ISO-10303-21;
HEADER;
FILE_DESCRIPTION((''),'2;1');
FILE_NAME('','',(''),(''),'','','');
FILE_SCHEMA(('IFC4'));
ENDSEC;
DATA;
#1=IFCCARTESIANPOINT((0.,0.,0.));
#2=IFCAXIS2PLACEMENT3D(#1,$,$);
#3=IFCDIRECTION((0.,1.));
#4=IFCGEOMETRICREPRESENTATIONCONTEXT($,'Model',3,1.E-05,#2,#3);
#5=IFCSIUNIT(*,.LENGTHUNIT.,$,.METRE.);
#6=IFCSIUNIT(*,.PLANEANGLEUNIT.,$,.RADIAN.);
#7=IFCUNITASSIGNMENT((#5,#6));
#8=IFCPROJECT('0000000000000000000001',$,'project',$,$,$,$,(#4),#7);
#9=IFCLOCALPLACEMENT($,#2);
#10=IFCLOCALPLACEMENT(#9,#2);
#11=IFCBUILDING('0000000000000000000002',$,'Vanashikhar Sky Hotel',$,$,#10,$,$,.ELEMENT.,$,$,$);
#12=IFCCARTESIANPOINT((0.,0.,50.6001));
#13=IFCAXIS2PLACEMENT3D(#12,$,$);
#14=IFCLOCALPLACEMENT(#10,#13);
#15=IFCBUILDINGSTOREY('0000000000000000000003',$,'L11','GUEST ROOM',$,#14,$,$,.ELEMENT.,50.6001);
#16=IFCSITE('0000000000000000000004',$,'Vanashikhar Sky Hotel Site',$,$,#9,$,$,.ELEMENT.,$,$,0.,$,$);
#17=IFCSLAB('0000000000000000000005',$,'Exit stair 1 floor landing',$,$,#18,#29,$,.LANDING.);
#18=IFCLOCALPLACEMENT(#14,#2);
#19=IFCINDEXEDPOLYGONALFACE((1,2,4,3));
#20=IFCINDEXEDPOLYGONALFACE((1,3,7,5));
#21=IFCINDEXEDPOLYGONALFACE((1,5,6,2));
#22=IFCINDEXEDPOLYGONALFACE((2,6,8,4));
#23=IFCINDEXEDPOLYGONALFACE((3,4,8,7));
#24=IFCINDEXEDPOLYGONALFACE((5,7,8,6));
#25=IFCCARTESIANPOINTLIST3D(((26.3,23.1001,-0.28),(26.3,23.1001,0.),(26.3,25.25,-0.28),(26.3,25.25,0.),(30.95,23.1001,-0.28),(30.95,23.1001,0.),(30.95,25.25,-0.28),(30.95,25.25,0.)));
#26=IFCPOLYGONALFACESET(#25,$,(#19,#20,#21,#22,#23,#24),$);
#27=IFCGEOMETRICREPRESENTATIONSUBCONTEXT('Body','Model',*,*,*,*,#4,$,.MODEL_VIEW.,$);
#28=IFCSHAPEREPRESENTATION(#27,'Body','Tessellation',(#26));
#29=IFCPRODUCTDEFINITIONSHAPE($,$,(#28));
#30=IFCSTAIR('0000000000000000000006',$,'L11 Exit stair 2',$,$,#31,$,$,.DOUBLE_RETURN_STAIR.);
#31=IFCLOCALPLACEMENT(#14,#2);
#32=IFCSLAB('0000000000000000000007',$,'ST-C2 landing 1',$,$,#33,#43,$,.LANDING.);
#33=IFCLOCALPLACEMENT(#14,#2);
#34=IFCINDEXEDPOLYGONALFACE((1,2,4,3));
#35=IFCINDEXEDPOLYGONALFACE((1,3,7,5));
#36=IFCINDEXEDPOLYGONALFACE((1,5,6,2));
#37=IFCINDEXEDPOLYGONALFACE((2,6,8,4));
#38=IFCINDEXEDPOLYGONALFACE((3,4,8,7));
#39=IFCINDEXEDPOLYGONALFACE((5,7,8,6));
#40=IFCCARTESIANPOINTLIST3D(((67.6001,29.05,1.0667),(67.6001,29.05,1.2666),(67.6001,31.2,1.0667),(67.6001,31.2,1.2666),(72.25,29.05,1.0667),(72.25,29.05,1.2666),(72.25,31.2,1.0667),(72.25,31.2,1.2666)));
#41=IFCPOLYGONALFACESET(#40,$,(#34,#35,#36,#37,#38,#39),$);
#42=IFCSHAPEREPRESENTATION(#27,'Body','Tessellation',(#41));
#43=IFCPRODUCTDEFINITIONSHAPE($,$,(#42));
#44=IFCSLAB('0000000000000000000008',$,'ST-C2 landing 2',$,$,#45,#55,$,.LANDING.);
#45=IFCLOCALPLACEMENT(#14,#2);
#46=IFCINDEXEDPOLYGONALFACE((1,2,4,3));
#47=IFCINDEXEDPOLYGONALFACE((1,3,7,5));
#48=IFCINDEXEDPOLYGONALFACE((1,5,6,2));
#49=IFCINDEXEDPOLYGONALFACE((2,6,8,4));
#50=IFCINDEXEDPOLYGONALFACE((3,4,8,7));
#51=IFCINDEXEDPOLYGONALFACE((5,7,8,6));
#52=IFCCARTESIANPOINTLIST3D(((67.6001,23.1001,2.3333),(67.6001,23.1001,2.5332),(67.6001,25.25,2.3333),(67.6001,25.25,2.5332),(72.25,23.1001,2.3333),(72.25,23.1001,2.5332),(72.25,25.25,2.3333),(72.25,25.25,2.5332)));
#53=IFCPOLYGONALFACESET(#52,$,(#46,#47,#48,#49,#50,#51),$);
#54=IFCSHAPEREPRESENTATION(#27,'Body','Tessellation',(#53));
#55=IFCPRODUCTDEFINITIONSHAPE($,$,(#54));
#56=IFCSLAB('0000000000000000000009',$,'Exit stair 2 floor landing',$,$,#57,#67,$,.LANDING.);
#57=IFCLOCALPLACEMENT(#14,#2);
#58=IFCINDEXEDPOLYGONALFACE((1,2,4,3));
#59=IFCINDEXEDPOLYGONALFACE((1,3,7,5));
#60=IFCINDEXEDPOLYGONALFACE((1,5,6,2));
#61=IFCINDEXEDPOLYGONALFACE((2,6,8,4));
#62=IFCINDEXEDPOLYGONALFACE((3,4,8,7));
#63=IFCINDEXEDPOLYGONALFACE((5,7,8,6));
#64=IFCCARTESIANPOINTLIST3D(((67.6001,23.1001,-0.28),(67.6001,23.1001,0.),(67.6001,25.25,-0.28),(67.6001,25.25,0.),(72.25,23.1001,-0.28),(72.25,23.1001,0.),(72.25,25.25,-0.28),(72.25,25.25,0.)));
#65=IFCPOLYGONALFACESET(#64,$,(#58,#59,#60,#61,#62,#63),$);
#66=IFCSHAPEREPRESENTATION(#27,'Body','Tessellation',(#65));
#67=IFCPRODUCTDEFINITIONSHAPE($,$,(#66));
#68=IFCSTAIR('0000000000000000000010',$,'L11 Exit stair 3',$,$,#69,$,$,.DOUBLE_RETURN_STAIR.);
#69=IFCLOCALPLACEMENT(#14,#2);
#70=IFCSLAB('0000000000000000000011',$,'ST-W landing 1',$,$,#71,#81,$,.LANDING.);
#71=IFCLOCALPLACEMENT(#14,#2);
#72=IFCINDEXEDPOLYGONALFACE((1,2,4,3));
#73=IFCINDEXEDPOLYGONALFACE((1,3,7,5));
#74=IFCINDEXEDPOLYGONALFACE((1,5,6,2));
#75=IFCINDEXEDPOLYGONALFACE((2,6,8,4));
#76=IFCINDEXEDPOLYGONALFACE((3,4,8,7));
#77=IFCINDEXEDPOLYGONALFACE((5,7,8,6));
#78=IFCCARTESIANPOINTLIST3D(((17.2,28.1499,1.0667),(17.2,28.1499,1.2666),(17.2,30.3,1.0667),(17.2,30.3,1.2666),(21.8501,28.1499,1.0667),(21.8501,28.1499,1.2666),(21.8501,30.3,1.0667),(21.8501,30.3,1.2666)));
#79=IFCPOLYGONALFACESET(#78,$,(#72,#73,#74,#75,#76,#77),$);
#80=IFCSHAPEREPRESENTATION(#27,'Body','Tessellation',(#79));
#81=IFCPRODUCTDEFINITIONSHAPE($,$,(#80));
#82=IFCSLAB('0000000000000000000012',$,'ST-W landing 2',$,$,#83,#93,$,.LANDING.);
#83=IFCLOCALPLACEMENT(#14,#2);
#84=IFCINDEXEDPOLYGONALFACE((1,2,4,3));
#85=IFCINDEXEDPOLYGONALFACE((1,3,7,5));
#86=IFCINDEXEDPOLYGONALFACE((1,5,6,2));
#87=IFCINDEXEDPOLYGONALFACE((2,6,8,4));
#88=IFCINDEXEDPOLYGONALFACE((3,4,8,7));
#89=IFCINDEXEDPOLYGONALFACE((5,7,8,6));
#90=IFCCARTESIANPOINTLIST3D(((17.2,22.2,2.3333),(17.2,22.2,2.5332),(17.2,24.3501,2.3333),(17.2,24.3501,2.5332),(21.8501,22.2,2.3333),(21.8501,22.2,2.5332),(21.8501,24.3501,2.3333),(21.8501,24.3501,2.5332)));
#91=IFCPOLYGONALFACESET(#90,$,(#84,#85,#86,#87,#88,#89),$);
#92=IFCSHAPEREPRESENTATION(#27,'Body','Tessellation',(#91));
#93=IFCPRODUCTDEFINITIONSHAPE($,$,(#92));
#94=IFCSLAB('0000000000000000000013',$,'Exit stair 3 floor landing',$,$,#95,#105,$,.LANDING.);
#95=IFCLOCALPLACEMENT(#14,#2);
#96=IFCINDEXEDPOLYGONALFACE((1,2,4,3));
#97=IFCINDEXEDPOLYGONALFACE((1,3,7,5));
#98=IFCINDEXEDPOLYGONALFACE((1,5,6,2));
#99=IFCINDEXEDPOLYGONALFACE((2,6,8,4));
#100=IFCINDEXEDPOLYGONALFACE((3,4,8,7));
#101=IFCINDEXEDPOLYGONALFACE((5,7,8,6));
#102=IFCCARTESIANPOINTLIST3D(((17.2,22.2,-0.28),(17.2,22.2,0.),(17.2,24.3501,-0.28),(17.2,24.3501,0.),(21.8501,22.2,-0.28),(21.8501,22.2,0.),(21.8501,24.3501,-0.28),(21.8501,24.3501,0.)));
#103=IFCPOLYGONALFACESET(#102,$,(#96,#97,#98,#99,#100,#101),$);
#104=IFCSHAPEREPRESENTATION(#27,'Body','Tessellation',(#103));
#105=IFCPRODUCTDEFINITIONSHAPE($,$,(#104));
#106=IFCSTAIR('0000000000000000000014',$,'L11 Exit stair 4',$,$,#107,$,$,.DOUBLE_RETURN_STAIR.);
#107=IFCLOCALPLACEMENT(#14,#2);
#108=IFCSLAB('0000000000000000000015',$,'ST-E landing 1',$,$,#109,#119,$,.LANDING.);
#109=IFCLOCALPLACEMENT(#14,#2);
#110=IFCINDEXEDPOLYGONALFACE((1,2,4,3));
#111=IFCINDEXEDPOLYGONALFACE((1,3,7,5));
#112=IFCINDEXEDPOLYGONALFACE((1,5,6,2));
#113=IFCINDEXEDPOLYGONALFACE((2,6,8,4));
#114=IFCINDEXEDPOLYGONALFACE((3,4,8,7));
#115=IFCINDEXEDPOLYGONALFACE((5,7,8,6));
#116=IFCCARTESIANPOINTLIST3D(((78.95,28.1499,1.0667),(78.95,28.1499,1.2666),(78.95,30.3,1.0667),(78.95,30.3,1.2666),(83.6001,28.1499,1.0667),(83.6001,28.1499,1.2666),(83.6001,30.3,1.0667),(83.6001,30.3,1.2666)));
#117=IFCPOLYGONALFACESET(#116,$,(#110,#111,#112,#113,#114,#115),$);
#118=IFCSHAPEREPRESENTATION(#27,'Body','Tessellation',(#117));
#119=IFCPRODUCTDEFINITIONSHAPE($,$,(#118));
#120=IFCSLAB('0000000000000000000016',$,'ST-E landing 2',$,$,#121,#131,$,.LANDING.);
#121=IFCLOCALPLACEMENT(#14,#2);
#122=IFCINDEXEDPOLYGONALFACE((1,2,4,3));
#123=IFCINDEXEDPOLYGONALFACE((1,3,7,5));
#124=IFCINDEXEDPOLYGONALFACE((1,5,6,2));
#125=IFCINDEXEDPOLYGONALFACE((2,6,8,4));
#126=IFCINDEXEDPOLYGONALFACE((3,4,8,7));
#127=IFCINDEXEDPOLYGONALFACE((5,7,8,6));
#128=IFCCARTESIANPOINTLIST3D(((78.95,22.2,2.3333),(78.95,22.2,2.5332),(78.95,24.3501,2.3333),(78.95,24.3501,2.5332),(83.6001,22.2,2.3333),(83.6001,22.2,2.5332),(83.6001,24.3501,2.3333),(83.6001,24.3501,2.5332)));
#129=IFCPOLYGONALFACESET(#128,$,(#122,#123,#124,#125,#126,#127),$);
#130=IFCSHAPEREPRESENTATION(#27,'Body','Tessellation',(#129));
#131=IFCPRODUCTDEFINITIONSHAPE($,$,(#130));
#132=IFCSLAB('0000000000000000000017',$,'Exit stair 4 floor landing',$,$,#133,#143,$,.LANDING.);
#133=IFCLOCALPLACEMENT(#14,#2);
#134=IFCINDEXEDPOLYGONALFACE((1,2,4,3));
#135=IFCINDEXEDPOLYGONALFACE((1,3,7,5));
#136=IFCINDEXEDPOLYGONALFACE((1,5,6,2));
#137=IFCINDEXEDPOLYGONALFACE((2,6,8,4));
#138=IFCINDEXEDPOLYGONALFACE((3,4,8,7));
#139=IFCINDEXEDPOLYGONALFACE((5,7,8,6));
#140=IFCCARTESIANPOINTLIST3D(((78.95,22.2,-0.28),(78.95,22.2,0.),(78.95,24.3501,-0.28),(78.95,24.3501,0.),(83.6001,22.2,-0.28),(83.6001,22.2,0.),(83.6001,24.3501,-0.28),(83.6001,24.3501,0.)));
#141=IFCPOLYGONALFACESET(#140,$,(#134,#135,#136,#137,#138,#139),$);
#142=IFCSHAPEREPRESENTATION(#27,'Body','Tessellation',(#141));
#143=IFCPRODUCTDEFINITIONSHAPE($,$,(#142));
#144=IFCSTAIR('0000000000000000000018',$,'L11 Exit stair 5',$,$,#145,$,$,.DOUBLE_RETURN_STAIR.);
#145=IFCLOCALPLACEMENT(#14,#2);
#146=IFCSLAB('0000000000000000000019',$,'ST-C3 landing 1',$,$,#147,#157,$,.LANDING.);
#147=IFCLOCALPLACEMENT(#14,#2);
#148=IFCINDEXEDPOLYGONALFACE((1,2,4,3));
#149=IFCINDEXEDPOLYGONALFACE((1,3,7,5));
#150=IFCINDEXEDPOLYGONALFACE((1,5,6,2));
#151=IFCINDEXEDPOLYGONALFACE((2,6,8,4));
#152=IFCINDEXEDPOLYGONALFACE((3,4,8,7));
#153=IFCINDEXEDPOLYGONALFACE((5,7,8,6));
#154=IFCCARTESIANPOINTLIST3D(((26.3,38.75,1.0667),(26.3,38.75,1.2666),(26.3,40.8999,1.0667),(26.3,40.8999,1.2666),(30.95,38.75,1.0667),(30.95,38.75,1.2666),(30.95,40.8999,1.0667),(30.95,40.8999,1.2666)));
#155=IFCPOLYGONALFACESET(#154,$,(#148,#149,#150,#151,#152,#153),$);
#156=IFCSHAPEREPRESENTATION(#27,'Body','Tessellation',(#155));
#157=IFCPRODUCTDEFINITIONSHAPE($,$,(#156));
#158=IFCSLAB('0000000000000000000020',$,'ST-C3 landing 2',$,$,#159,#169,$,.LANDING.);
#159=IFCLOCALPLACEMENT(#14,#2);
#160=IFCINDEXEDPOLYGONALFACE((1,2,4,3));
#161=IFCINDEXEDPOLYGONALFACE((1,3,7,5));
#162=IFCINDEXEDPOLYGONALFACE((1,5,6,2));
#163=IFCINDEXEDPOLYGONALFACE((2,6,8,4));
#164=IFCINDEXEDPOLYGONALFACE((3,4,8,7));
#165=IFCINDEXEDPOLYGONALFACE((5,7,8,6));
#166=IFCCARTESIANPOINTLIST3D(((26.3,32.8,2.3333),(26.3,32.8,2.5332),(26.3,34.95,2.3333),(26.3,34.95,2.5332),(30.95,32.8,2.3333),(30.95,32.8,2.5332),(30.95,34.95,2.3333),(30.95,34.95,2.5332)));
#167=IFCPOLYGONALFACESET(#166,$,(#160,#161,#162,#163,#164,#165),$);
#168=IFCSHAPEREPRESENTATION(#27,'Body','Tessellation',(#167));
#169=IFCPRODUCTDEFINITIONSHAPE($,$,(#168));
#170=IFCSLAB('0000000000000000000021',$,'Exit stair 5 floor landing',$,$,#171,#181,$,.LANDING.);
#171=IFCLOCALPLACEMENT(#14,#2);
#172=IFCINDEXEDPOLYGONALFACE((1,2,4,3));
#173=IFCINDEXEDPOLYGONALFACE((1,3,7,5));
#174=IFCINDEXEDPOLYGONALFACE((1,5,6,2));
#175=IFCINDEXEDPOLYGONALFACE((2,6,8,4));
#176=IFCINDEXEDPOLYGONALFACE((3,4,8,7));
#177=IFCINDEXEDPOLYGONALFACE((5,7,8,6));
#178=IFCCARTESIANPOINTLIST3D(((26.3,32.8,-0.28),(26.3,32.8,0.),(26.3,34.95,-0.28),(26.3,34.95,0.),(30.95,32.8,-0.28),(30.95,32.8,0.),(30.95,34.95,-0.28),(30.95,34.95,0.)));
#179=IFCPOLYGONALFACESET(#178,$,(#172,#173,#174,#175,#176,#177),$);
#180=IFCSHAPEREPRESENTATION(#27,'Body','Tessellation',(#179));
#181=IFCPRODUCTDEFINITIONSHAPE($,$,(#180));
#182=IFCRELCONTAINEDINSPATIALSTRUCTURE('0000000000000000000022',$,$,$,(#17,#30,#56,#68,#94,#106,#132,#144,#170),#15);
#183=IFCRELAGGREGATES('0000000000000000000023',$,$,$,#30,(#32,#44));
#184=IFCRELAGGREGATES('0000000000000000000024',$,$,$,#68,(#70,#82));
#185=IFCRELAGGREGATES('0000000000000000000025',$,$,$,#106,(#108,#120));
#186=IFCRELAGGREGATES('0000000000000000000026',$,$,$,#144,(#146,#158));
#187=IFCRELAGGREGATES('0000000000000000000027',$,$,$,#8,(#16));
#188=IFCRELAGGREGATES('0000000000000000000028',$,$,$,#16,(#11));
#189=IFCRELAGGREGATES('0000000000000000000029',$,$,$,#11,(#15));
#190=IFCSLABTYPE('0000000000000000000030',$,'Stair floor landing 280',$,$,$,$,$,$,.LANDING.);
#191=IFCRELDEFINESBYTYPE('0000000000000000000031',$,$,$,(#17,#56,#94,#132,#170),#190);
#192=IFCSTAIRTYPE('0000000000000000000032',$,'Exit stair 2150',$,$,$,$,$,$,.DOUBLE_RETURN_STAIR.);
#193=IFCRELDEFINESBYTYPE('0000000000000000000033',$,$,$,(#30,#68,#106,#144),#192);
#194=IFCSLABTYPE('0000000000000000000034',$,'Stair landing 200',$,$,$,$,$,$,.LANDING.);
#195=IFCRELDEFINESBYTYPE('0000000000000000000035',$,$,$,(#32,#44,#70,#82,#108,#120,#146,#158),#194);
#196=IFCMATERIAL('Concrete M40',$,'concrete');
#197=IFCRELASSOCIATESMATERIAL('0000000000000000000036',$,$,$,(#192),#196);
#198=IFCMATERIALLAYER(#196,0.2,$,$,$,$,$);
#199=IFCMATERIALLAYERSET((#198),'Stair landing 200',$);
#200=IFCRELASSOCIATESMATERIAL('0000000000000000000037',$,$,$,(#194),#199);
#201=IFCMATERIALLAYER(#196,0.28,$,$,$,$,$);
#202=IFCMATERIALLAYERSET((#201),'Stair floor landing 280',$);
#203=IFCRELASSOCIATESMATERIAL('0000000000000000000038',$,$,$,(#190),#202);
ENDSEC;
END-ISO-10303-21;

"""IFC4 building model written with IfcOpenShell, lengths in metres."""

from ifc_helpers import new_model, si_unit, direction, frame, origin, place, context, subcontext, project, spatial, polyline, outline, extrude, source, transform, mapped, material, layer, layer_set, type_object, element, aggregate, save


model = new_model("IFC4")

# Units and contexts
model_context = context("Model", 3, precision=1e-05, world=origin(), true_north=direction((0.0, 1.0)))
body_context = subcontext(model_context, "Body", "Model", "MODEL_VIEW")
ifc_project = project(units=[si_unit("LENGTHUNIT", "METRE"), si_unit("PLANEANGLEUNIT", "RADIAN")], contexts=[model_context])

# Site, building, storey
site_placement = place(None, origin())
site = spatial("IfcSite", under=ifc_project, at=site_placement, Name="Vanashikhar Sky Hotel Site", CompositionType="ELEMENT", RefElevation=0.0)
building_placement = place(site_placement, origin())
building = spatial("IfcBuilding", under=site, at=building_placement, Name="Vanashikhar Sky Hotel", CompositionType="ELEMENT")
storey_placement = place(building_placement, frame((0.0, 0.0, 50.6001)))
storey = spatial("IfcBuildingStorey", under=building, at=storey_placement, Name="L11", Description="GUEST ROOM", CompositionType="ELEMENT", Elevation=50.6001)

# Shared definitions
ifc_material_1 = material(Name="Concrete M40", Category="concrete")

# Shared definitions
stair_type = type_object("IfcStairType", Name="Exit stair 2150", PredefinedType="DOUBLE_RETURN_STAIR", material=ifc_material_1)
ifc_layer_1 = layer(ifc_material_1, 0.2)
ifc_layer_set_1 = layer_set([ifc_layer_1], Name="Stair landing 200")
slab_type_1 = type_object("IfcSlabType", Name="Stair landing 200", PredefinedType="LANDING", material=ifc_layer_set_1)

# Slab
ifc_layer_2 = layer(ifc_material_1, 0.28)
ifc_layer_set_2 = layer_set([ifc_layer_2], Name="Stair floor landing 280")
slab_type_2 = type_object("IfcSlabType", Name="Stair floor landing 280", PredefinedType="LANDING", material=ifc_layer_set_2)
shared_shape_1 = source(origin(), body_context, "Body", "SweptSolid", [
    extrude(outline(polyline([(30.95, 23.1001), (30.95, 25.25), (26.3, 25.25), (26.3, 23.1001), (30.95, 23.1001)])), origin(), (0.0, 0.0, 1.0), 0.28),
])
slab_1_placement = place(storey_placement, frame((0.0, 0.0, -0.28)))
element("IfcSlab", 1, at=slab_1_placement, inside=storey, type_object=slab_type_2, Name="Exit stair 1 floor landing", PredefinedType="LANDING", context=body_context, shape_type="MappedRepresentation", body=[
    mapped(shared_shape_1, transform((0.0, 0.0, 0.0), scale=1.0)),
])

# Stair, slabs
stair_1_placement = place(storey_placement, origin())
stair_1 = element("IfcStair", 2, at=stair_1_placement, inside=storey, type_object=stair_type, Name="L11 Exit stair 2", PredefinedType="DOUBLE_RETURN_STAIR")
shared_shape_2 = source(origin(), body_context, "Body", "SweptSolid", [
    extrude(outline(polyline([(72.25, 29.05), (72.25, 31.2), (67.6001, 31.2), (67.6001, 29.05), (72.25, 29.05)])), origin(), (0.0, 0.0, 1.0), 0.2),
])
slab_2_placement = place(storey_placement, frame((0.0, 0.0, 1.0667)))
slab_2 = element("IfcSlab", 3, at=slab_2_placement, type_object=slab_type_1, Name="ST-C2 landing 1", PredefinedType="LANDING", context=body_context, shape_type="MappedRepresentation", body=[
    mapped(shared_shape_2, transform((0.0, 0.0, 0.0), scale=1.0)),
])
shared_shape_3 = source(origin(), body_context, "Body", "SweptSolid", [
    extrude(outline(polyline([(72.25, 23.1001), (72.25, 25.25), (67.6001, 25.25), (67.6001, 23.1001), (72.25, 23.1001)])), origin(), (0.0, 0.0, 1.0), 0.2),
])
slab_3_placement = place(storey_placement, frame((0.0, 0.0, 2.3333)))
slab_3 = element("IfcSlab", 4, at=slab_3_placement, type_object=slab_type_1, Name="ST-C2 landing 2", PredefinedType="LANDING", context=body_context, shape_type="MappedRepresentation", body=[
    mapped(shared_shape_3, transform((0.0, 0.0, 0.0), scale=1.0)),
])
aggregate(stair_1, [slab_2, slab_3])

# Slab
shared_shape_4 = source(origin(), body_context, "Body", "SweptSolid", [
    extrude(outline(polyline([(72.25, 23.1001), (72.25, 25.25), (67.6001, 25.25), (67.6001, 23.1001), (72.25, 23.1001)])), origin(), (0.0, 0.0, 1.0), 0.28),
])
slab_4_placement = place(storey_placement, frame((0.0, 0.0, -0.28)))
element("IfcSlab", 5, at=slab_4_placement, inside=storey, type_object=slab_type_2, Name="Exit stair 2 floor landing", PredefinedType="LANDING", context=body_context, shape_type="MappedRepresentation", body=[
    mapped(shared_shape_4, transform((0.0, 0.0, 0.0), scale=1.0)),
])

# Stair, slabs
stair_2_placement = place(storey_placement, origin())
stair_2 = element("IfcStair", 6, at=stair_2_placement, inside=storey, type_object=stair_type, Name="L11 Exit stair 3", PredefinedType="DOUBLE_RETURN_STAIR")
shared_shape_5 = source(origin(), body_context, "Body", "SweptSolid", [
    extrude(outline(polyline([(21.8501, 28.1499), (21.8501, 30.3), (17.2, 30.3), (17.2, 28.1499), (21.8501, 28.1499)])), origin(), (0.0, 0.0, 1.0), 0.2),
])
slab_5_placement = place(storey_placement, frame((0.0, 0.0, 1.0667)))
slab_5 = element("IfcSlab", 7, at=slab_5_placement, type_object=slab_type_1, Name="ST-W landing 1", PredefinedType="LANDING", context=body_context, shape_type="MappedRepresentation", body=[
    mapped(shared_shape_5, transform((0.0, 0.0, 0.0), scale=1.0)),
])
shared_shape_6 = source(origin(), body_context, "Body", "SweptSolid", [
    extrude(outline(polyline([(21.8501, 22.2), (21.8501, 24.3501), (17.2, 24.3501), (17.2, 22.2), (21.8501, 22.2)])), origin(), (0.0, 0.0, 1.0), 0.2),
])
slab_6_placement = place(storey_placement, frame((0.0, 0.0, 2.3333)))
slab_6 = element("IfcSlab", 8, at=slab_6_placement, type_object=slab_type_1, Name="ST-W landing 2", PredefinedType="LANDING", context=body_context, shape_type="MappedRepresentation", body=[
    mapped(shared_shape_6, transform((0.0, 0.0, 0.0), scale=1.0)),
])
aggregate(stair_2, [slab_5, slab_6])

# Slab
shared_shape_7 = source(origin(), body_context, "Body", "SweptSolid", [
    extrude(outline(polyline([(21.8501, 22.2), (21.8501, 24.3501), (17.2, 24.3501), (17.2, 22.2), (21.8501, 22.2)])), origin(), (0.0, 0.0, 1.0), 0.28),
])
slab_7_placement = place(storey_placement, frame((0.0, 0.0, -0.28)))
element("IfcSlab", 9, at=slab_7_placement, inside=storey, type_object=slab_type_2, Name="Exit stair 3 floor landing", PredefinedType="LANDING", context=body_context, shape_type="MappedRepresentation", body=[
    mapped(shared_shape_7, transform((0.0, 0.0, 0.0), scale=1.0)),
])

# Stair, slabs
stair_3_placement = place(storey_placement, origin())
stair_3 = element("IfcStair", 10, at=stair_3_placement, inside=storey, type_object=stair_type, Name="L11 Exit stair 4", PredefinedType="DOUBLE_RETURN_STAIR")
shared_shape_8 = source(origin(), body_context, "Body", "SweptSolid", [
    extrude(outline(polyline([(83.6001, 28.1499), (83.6001, 30.3), (78.95, 30.3), (78.95, 28.1499), (83.6001, 28.1499)])), origin(), (0.0, 0.0, 1.0), 0.2),
])
slab_8_placement = place(storey_placement, frame((0.0, 0.0, 1.0667)))
slab_8 = element("IfcSlab", 11, at=slab_8_placement, type_object=slab_type_1, Name="ST-E landing 1", PredefinedType="LANDING", context=body_context, shape_type="MappedRepresentation", body=[
    mapped(shared_shape_8, transform((0.0, 0.0, 0.0), scale=1.0)),
])
shared_shape_9 = source(origin(), body_context, "Body", "SweptSolid", [
    extrude(outline(polyline([(83.6001, 22.2), (83.6001, 24.3501), (78.95, 24.3501), (78.95, 22.2), (83.6001, 22.2)])), origin(), (0.0, 0.0, 1.0), 0.2),
])
slab_9_placement = place(storey_placement, frame((0.0, 0.0, 2.3333)))
slab_9 = element("IfcSlab", 12, at=slab_9_placement, type_object=slab_type_1, Name="ST-E landing 2", PredefinedType="LANDING", context=body_context, shape_type="MappedRepresentation", body=[
    mapped(shared_shape_9, transform((0.0, 0.0, 0.0), scale=1.0)),
])
aggregate(stair_3, [slab_8, slab_9])

# Slab
shared_shape_10 = source(origin(), body_context, "Body", "SweptSolid", [
    extrude(outline(polyline([(83.6001, 22.2), (83.6001, 24.3501), (78.95, 24.3501), (78.95, 22.2), (83.6001, 22.2)])), origin(), (0.0, 0.0, 1.0), 0.28),
])
slab_10_placement = place(storey_placement, frame((0.0, 0.0, -0.28)))
element("IfcSlab", 13, at=slab_10_placement, inside=storey, type_object=slab_type_2, Name="Exit stair 4 floor landing", PredefinedType="LANDING", context=body_context, shape_type="MappedRepresentation", body=[
    mapped(shared_shape_10, transform((0.0, 0.0, 0.0), scale=1.0)),
])

# Stair, slabs
stair_4_placement = place(storey_placement, origin())
stair_4 = element("IfcStair", 14, at=stair_4_placement, inside=storey, type_object=stair_type, Name="L11 Exit stair 5", PredefinedType="DOUBLE_RETURN_STAIR")
shared_shape_11 = source(origin(), body_context, "Body", "SweptSolid", [
    extrude(outline(polyline([(30.95, 38.75), (30.95, 40.8999), (26.3, 40.8999), (26.3, 38.75), (30.95, 38.75)])), origin(), (0.0, 0.0, 1.0), 0.2),
])
slab_11_placement = place(storey_placement, frame((0.0, 0.0, 1.0667)))
slab_11 = element("IfcSlab", 15, at=slab_11_placement, type_object=slab_type_1, Name="ST-C3 landing 1", PredefinedType="LANDING", context=body_context, shape_type="MappedRepresentation", body=[
    mapped(shared_shape_11, transform((0.0, 0.0, 0.0), scale=1.0)),
])
shared_shape_12 = source(origin(), body_context, "Body", "SweptSolid", [
    extrude(outline(polyline([(30.95, 32.8), (30.95, 34.95), (26.3, 34.95), (26.3, 32.8), (30.95, 32.8)])), origin(), (0.0, 0.0, 1.0), 0.2),
])
slab_12_placement = place(storey_placement, frame((0.0, 0.0, 2.3333)))
slab_12 = element("IfcSlab", 16, at=slab_12_placement, type_object=slab_type_1, Name="ST-C3 landing 2", PredefinedType="LANDING", context=body_context, shape_type="MappedRepresentation", body=[
    mapped(shared_shape_12, transform((0.0, 0.0, 0.0), scale=1.0)),
])
aggregate(stair_4, [slab_11, slab_12])

# Slab
shared_shape_13 = source(origin(), body_context, "Body", "SweptSolid", [
    extrude(outline(polyline([(30.95, 32.8), (30.95, 34.95), (26.3, 34.95), (26.3, 32.8), (30.95, 32.8)])), origin(), (0.0, 0.0, 1.0), 0.28),
])
slab_13_placement = place(storey_placement, frame((0.0, 0.0, -0.28)))
element("IfcSlab", 17, at=slab_13_placement, inside=storey, type_object=slab_type_2, Name="Exit stair 5 floor landing", PredefinedType="LANDING", context=body_context, shape_type="MappedRepresentation", body=[
    mapped(shared_shape_13, transform((0.0, 0.0, 0.0), scale=1.0)),
])

save(model, "model.ifc")
